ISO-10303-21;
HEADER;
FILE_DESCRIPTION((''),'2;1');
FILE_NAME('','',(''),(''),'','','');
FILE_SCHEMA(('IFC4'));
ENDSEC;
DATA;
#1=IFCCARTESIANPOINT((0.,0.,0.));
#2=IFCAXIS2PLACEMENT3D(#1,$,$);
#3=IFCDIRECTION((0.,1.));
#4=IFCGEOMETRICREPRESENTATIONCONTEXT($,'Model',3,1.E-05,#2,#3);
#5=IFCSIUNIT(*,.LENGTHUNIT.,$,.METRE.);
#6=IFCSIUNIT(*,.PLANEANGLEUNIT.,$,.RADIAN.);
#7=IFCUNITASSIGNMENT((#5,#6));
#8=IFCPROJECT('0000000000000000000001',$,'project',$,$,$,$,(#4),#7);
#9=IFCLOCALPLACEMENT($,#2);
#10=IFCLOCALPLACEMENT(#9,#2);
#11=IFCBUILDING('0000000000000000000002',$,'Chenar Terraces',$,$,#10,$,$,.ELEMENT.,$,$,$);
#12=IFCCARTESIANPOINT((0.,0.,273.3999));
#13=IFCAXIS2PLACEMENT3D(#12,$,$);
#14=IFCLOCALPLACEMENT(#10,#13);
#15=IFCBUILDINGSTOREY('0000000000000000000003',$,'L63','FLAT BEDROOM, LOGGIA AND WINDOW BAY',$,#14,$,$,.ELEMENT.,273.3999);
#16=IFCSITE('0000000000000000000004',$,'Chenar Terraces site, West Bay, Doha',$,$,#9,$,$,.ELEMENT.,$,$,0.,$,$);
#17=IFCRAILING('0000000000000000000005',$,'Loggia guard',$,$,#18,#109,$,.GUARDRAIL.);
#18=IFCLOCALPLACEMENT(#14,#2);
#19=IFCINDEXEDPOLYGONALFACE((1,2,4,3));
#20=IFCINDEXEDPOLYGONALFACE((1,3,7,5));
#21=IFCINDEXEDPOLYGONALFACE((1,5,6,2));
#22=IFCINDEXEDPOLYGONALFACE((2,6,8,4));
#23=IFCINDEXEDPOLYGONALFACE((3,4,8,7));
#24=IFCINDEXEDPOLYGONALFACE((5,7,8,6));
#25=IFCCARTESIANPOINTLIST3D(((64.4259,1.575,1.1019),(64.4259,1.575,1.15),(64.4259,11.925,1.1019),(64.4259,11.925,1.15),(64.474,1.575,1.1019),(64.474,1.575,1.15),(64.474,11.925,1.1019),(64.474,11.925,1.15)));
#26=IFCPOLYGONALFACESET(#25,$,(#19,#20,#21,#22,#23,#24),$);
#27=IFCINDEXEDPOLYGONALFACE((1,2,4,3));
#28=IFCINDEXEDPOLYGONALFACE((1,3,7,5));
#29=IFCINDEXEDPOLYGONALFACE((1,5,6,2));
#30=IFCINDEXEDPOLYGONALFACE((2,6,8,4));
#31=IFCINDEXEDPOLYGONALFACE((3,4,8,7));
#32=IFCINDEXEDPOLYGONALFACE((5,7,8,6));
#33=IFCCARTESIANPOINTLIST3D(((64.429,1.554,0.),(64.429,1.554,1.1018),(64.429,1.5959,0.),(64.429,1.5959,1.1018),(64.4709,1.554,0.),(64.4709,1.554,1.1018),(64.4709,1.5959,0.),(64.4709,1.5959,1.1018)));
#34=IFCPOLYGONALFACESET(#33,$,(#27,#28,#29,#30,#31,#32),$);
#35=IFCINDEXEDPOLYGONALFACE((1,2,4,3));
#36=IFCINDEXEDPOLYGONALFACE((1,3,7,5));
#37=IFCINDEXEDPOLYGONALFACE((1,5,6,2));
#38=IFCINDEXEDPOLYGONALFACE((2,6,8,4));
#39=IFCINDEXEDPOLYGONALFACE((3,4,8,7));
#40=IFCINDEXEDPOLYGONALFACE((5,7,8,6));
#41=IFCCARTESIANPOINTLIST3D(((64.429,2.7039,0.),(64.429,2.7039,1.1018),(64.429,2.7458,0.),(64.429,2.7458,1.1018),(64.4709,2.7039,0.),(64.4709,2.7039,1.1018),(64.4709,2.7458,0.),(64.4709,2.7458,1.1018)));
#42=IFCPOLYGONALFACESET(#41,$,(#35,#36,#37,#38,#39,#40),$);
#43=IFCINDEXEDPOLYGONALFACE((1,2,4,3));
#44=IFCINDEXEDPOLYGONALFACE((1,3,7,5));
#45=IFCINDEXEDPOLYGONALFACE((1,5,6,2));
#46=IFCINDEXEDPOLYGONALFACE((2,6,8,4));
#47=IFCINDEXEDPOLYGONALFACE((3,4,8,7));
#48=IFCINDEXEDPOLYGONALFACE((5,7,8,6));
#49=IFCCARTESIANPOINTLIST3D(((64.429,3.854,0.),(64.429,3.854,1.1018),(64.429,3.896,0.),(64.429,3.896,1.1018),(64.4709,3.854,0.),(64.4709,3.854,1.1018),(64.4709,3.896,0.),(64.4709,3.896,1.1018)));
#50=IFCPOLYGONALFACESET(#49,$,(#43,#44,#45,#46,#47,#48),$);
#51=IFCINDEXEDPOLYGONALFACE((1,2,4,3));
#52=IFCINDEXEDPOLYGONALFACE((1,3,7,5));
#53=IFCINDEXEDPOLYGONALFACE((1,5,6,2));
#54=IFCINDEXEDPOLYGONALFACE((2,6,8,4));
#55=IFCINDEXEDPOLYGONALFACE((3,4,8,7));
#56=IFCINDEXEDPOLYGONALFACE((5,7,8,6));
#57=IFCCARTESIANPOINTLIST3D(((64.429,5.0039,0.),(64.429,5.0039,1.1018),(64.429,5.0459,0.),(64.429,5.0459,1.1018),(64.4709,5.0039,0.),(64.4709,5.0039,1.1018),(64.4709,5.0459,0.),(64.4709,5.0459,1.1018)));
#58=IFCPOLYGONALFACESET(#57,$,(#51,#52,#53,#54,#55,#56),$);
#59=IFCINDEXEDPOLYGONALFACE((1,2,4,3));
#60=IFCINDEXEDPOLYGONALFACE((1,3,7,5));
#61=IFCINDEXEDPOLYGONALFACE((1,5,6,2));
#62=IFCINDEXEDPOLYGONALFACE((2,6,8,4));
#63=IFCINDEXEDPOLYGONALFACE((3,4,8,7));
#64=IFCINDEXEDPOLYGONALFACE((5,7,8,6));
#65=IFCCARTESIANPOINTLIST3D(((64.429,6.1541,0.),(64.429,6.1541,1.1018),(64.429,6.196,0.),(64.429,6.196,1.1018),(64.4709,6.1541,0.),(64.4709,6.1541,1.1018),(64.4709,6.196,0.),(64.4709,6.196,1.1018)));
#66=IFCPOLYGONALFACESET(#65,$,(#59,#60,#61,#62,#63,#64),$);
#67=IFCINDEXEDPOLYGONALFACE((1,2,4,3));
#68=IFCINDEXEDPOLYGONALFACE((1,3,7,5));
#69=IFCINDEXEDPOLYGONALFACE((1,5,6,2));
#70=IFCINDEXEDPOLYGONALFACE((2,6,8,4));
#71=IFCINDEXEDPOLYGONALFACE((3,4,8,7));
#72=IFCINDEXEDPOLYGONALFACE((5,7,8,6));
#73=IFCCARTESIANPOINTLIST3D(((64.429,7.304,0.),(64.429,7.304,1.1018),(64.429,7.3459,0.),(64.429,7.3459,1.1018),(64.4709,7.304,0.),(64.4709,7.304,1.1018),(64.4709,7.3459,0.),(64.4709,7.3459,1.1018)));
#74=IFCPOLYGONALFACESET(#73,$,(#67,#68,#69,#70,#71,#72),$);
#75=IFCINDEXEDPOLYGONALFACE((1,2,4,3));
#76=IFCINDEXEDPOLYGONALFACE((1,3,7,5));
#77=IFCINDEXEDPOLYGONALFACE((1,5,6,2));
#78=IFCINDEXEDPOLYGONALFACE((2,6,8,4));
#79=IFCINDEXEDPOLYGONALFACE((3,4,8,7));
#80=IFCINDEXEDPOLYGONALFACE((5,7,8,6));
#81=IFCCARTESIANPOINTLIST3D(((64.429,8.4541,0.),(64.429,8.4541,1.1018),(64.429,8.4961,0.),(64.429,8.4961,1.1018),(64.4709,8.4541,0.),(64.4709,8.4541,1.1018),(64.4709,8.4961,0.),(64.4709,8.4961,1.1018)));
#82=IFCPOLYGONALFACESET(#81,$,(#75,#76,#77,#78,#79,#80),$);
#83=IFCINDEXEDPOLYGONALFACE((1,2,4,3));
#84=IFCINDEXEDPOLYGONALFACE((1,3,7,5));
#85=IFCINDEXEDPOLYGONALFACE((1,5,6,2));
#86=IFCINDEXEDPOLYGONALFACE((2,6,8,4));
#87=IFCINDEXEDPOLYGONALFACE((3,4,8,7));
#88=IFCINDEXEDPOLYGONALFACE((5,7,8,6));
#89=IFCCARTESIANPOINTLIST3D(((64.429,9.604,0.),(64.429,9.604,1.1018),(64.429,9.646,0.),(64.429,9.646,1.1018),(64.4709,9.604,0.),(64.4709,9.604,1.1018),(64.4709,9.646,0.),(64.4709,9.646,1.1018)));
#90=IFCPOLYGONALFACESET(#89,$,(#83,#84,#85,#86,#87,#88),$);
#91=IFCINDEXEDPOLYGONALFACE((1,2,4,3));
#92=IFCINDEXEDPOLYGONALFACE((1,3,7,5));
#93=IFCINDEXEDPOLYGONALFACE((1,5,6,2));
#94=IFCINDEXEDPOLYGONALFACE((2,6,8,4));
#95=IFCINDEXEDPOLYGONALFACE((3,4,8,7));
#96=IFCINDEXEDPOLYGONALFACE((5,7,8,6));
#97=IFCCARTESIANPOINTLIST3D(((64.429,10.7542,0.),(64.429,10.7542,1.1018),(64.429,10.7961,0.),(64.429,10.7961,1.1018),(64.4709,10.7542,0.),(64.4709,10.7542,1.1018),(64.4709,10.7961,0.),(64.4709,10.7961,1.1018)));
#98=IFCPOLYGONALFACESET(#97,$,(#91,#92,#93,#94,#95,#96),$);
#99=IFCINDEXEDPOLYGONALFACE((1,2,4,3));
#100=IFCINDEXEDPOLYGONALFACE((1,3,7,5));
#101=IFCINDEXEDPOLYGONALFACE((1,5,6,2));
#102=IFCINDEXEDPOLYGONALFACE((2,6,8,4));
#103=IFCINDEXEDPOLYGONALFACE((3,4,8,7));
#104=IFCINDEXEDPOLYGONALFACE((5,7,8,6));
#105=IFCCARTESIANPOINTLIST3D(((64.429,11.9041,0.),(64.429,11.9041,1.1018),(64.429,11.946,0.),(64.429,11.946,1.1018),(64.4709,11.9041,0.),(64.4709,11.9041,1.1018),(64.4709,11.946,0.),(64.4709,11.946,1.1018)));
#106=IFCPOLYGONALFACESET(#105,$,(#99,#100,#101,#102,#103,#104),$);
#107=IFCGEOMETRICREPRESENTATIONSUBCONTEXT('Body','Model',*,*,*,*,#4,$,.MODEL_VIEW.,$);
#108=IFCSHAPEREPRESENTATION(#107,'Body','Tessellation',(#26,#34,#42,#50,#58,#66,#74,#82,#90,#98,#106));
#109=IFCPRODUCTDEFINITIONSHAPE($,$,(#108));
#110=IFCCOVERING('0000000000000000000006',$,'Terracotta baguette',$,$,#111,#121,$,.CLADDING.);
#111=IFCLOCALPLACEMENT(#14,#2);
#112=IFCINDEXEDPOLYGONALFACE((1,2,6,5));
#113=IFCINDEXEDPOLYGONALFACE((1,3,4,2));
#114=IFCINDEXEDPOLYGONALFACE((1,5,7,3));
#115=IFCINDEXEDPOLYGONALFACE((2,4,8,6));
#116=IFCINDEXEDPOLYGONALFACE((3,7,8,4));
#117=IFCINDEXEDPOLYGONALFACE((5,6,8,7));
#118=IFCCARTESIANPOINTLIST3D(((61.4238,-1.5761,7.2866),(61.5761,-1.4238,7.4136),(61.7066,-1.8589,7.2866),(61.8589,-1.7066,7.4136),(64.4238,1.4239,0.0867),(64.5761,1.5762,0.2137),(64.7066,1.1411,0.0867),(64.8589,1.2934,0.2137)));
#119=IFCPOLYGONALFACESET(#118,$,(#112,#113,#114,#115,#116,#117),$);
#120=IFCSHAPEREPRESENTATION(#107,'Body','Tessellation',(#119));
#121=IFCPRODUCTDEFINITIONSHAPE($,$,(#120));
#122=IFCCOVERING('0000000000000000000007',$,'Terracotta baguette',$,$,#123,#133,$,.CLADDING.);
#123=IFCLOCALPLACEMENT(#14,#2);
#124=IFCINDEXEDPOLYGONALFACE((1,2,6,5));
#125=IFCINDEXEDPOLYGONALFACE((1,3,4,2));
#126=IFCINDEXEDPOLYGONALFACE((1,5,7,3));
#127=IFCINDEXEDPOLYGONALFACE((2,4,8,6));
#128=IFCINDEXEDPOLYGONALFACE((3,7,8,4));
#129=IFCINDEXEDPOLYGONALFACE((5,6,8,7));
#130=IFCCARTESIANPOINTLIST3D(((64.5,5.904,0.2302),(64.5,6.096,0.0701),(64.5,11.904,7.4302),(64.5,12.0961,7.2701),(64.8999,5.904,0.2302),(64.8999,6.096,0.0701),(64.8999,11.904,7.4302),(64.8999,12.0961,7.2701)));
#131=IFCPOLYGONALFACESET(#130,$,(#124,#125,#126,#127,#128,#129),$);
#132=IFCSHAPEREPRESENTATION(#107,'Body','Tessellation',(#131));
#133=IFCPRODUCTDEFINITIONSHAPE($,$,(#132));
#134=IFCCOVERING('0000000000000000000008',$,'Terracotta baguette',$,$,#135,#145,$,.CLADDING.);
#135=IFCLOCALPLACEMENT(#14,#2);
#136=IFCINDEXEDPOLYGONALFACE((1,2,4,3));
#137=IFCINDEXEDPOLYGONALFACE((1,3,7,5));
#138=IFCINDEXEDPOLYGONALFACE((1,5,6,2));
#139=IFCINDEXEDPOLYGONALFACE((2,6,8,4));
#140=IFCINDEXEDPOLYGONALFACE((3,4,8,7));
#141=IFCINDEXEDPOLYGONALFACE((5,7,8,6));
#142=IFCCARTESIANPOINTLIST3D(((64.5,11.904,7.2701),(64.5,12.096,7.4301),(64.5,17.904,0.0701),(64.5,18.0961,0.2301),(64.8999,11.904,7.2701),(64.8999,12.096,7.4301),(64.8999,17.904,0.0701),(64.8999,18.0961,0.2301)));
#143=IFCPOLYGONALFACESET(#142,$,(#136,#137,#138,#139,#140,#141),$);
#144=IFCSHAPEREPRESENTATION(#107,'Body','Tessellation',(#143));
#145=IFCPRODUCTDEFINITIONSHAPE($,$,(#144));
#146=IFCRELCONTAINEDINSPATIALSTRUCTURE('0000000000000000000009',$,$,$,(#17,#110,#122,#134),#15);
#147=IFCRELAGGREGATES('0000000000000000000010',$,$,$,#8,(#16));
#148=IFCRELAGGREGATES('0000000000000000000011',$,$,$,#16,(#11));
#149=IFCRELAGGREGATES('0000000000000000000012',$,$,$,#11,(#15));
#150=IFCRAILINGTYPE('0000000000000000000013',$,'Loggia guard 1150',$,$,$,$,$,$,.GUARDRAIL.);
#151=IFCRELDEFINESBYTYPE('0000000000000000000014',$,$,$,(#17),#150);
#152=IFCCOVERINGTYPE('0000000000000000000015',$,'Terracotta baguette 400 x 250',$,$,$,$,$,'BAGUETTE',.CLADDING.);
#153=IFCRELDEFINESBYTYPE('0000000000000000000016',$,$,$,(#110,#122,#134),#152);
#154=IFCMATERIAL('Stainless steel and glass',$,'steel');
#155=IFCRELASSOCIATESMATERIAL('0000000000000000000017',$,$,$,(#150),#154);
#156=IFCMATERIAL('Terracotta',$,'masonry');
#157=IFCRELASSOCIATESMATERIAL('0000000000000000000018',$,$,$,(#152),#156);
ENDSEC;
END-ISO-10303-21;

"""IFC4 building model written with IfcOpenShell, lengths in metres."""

from ifc_helpers import new_model, si_unit, direction, frame, origin, origin_2d, place, context, subcontext, project, spatial, rectangle, extrude, material, material_profile, profile_set, type_object, element, save


model = new_model("IFC4")

# Units and contexts
model_context = context("Model", 3, precision=1e-05, world=origin(), true_north=direction((0.0, 1.0)))
body_context = subcontext(model_context, "Body", "Model", "MODEL_VIEW")
ifc_project = project(units=[si_unit("LENGTHUNIT", "METRE"), si_unit("PLANEANGLEUNIT", "RADIAN")], contexts=[model_context])

# Site, building, storey
site_placement = place(None, origin())
site = spatial("IfcSite", under=ifc_project, at=site_placement, Name="Chenar Terraces site, West Bay, Doha", CompositionType="ELEMENT", RefElevation=0.0)
building_placement = place(site_placement, origin())
building = spatial("IfcBuilding", under=site, at=building_placement, Name="Chenar Terraces", CompositionType="ELEMENT")
storey_placement = place(building_placement, frame((0.0, 0.0, 273.3999)))
storey = spatial("IfcBuildingStorey", under=building, at=storey_placement, Name="L63", Description="FLAT BEDROOM, LOGGIA AND WINDOW BAY", CompositionType="ELEMENT", Elevation=273.3999)

# Railing
ifc_material_1 = material(Name="Stainless steel and glass", Category="steel")
railing_type = type_object("IfcRailingType", Name="Loggia guard 1150", PredefinedType="GUARDRAIL", material=ifc_material_1)
railing_placement = place(storey_placement, frame((64.45, 1.575, 0.0)))
element("IfcRailing", 1, at=railing_placement, inside=storey, type_object=railing_type, Name="Loggia guard", PredefinedType="GUARDRAIL", context=body_context, shape_type="SweptSolid", body=[
    extrude(rectangle(XDim=0.0481, YDim=0.0481, at=origin_2d()), frame((0.0, 0.0, 1.126), z_axis=(0.0, 1.0, 0.0), x_axis=(-1.0, 0.0, 0.0)), (0.0, 0.0, 1.0), 10.3501),
    extrude(rectangle(XDim=0.042, YDim=0.042, at=origin_2d()), origin(), (0.0, 0.0, 1.0), 1.1018),
    extrude(rectangle(XDim=0.042, YDim=0.042, at=origin_2d()), frame((0.0, 1.1499, 0.0)), (0.0, 0.0, 1.0), 1.1018),
    extrude(rectangle(XDim=0.042, YDim=0.042, at=origin_2d()), frame((0.0, 2.3, 0.0)), (0.0, 0.0, 1.0), 1.1018),
    extrude(rectangle(XDim=0.042, YDim=0.042, at=origin_2d()), frame((0.0, 3.45, 0.0)), (0.0, 0.0, 1.0), 1.1018),
    extrude(rectangle(XDim=0.042, YDim=0.042, at=origin_2d()), frame((0.0, 4.6001, 0.0)), (0.0, 0.0, 1.0), 1.1018),
    extrude(rectangle(XDim=0.042, YDim=0.042, at=origin_2d()), frame((0.0, 5.75, 0.0)), (0.0, 0.0, 1.0), 1.1018),
    extrude(rectangle(XDim=0.042, YDim=0.042, at=origin_2d()), frame((0.0, 6.9001, 0.0)), (0.0, 0.0, 1.0), 1.1018),
    extrude(rectangle(XDim=0.042, YDim=0.042, at=origin_2d()), frame((0.0, 8.05, 0.0)), (0.0, 0.0, 1.0), 1.1018),
    extrude(rectangle(XDim=0.042, YDim=0.042, at=origin_2d()), frame((0.0, 9.2002, 0.0)), (0.0, 0.0, 1.0), 1.1018),
    extrude(rectangle(XDim=0.042, YDim=0.042, at=origin_2d()), frame((0.0, 10.3501, 0.0)), (0.0, 0.0, 1.0), 1.1018),
])

# Coverings
ifc_material_2 = material(Name="Terracotta", Category="masonry")
ifc_material_profile_1 = material_profile(ifc_material_2, rectangle(XDim=0.3999, YDim=0.25, at=origin_2d()), Name="Terracotta baguette 400 x 250")
ifc_profile_set_1 = profile_set([ifc_material_profile_1], Name="Terracotta")
covering_type = type_object("IfcCoveringType", Name="Terracotta baguette 400 x 250", ElementType="BAGUETTE", PredefinedType="CLADDING", material=ifc_profile_set_1)
covering_placement = place(storey_placement, frame((61.6414, -1.6414, 7.3501), z_axis=(0.358981, 0.358981, -0.861548), x_axis=(-0.707107, 0.707107, 0.0)))
element("IfcCovering", 2, at=covering_placement, inside=storey, type_object=covering_type, Name="Terracotta baguette", PredefinedType="CLADDING", context=body_context, shape_type="SweptSolid", body=[
    extrude(rectangle(XDim=0.3999, YDim=0.25, at=origin_2d()), origin(), (0.0, 0.0, 1.0), 8.3569),
])
for number, where, z_axis, x_axis, name in (
    (3, (64.7, 6.0, 0.1501), (0.0, 0.640187, 0.768219), (-1.0, 0.0, 0.0), "Terracotta baguette"),
    (4, (64.7, 12.0, 7.3501), (0.0, 0.640187, -0.768219), (-1.0, 0.0, 0.0), "Terracotta baguette"),
):
    element("IfcCovering", number, at=place(storey_placement, frame(where, z_axis=z_axis, x_axis=x_axis)), inside=storey, type_object=covering_type, Name=name, PredefinedType="CLADDING", context=body_context, shape_type="SweptSolid", body=[
        extrude(rectangle(XDim=0.3999, YDim=0.25, at=origin_2d()), origin(), (0.0, 0.0, 1.0), 9.3723),
    ])

save(model, "model.ifc")
